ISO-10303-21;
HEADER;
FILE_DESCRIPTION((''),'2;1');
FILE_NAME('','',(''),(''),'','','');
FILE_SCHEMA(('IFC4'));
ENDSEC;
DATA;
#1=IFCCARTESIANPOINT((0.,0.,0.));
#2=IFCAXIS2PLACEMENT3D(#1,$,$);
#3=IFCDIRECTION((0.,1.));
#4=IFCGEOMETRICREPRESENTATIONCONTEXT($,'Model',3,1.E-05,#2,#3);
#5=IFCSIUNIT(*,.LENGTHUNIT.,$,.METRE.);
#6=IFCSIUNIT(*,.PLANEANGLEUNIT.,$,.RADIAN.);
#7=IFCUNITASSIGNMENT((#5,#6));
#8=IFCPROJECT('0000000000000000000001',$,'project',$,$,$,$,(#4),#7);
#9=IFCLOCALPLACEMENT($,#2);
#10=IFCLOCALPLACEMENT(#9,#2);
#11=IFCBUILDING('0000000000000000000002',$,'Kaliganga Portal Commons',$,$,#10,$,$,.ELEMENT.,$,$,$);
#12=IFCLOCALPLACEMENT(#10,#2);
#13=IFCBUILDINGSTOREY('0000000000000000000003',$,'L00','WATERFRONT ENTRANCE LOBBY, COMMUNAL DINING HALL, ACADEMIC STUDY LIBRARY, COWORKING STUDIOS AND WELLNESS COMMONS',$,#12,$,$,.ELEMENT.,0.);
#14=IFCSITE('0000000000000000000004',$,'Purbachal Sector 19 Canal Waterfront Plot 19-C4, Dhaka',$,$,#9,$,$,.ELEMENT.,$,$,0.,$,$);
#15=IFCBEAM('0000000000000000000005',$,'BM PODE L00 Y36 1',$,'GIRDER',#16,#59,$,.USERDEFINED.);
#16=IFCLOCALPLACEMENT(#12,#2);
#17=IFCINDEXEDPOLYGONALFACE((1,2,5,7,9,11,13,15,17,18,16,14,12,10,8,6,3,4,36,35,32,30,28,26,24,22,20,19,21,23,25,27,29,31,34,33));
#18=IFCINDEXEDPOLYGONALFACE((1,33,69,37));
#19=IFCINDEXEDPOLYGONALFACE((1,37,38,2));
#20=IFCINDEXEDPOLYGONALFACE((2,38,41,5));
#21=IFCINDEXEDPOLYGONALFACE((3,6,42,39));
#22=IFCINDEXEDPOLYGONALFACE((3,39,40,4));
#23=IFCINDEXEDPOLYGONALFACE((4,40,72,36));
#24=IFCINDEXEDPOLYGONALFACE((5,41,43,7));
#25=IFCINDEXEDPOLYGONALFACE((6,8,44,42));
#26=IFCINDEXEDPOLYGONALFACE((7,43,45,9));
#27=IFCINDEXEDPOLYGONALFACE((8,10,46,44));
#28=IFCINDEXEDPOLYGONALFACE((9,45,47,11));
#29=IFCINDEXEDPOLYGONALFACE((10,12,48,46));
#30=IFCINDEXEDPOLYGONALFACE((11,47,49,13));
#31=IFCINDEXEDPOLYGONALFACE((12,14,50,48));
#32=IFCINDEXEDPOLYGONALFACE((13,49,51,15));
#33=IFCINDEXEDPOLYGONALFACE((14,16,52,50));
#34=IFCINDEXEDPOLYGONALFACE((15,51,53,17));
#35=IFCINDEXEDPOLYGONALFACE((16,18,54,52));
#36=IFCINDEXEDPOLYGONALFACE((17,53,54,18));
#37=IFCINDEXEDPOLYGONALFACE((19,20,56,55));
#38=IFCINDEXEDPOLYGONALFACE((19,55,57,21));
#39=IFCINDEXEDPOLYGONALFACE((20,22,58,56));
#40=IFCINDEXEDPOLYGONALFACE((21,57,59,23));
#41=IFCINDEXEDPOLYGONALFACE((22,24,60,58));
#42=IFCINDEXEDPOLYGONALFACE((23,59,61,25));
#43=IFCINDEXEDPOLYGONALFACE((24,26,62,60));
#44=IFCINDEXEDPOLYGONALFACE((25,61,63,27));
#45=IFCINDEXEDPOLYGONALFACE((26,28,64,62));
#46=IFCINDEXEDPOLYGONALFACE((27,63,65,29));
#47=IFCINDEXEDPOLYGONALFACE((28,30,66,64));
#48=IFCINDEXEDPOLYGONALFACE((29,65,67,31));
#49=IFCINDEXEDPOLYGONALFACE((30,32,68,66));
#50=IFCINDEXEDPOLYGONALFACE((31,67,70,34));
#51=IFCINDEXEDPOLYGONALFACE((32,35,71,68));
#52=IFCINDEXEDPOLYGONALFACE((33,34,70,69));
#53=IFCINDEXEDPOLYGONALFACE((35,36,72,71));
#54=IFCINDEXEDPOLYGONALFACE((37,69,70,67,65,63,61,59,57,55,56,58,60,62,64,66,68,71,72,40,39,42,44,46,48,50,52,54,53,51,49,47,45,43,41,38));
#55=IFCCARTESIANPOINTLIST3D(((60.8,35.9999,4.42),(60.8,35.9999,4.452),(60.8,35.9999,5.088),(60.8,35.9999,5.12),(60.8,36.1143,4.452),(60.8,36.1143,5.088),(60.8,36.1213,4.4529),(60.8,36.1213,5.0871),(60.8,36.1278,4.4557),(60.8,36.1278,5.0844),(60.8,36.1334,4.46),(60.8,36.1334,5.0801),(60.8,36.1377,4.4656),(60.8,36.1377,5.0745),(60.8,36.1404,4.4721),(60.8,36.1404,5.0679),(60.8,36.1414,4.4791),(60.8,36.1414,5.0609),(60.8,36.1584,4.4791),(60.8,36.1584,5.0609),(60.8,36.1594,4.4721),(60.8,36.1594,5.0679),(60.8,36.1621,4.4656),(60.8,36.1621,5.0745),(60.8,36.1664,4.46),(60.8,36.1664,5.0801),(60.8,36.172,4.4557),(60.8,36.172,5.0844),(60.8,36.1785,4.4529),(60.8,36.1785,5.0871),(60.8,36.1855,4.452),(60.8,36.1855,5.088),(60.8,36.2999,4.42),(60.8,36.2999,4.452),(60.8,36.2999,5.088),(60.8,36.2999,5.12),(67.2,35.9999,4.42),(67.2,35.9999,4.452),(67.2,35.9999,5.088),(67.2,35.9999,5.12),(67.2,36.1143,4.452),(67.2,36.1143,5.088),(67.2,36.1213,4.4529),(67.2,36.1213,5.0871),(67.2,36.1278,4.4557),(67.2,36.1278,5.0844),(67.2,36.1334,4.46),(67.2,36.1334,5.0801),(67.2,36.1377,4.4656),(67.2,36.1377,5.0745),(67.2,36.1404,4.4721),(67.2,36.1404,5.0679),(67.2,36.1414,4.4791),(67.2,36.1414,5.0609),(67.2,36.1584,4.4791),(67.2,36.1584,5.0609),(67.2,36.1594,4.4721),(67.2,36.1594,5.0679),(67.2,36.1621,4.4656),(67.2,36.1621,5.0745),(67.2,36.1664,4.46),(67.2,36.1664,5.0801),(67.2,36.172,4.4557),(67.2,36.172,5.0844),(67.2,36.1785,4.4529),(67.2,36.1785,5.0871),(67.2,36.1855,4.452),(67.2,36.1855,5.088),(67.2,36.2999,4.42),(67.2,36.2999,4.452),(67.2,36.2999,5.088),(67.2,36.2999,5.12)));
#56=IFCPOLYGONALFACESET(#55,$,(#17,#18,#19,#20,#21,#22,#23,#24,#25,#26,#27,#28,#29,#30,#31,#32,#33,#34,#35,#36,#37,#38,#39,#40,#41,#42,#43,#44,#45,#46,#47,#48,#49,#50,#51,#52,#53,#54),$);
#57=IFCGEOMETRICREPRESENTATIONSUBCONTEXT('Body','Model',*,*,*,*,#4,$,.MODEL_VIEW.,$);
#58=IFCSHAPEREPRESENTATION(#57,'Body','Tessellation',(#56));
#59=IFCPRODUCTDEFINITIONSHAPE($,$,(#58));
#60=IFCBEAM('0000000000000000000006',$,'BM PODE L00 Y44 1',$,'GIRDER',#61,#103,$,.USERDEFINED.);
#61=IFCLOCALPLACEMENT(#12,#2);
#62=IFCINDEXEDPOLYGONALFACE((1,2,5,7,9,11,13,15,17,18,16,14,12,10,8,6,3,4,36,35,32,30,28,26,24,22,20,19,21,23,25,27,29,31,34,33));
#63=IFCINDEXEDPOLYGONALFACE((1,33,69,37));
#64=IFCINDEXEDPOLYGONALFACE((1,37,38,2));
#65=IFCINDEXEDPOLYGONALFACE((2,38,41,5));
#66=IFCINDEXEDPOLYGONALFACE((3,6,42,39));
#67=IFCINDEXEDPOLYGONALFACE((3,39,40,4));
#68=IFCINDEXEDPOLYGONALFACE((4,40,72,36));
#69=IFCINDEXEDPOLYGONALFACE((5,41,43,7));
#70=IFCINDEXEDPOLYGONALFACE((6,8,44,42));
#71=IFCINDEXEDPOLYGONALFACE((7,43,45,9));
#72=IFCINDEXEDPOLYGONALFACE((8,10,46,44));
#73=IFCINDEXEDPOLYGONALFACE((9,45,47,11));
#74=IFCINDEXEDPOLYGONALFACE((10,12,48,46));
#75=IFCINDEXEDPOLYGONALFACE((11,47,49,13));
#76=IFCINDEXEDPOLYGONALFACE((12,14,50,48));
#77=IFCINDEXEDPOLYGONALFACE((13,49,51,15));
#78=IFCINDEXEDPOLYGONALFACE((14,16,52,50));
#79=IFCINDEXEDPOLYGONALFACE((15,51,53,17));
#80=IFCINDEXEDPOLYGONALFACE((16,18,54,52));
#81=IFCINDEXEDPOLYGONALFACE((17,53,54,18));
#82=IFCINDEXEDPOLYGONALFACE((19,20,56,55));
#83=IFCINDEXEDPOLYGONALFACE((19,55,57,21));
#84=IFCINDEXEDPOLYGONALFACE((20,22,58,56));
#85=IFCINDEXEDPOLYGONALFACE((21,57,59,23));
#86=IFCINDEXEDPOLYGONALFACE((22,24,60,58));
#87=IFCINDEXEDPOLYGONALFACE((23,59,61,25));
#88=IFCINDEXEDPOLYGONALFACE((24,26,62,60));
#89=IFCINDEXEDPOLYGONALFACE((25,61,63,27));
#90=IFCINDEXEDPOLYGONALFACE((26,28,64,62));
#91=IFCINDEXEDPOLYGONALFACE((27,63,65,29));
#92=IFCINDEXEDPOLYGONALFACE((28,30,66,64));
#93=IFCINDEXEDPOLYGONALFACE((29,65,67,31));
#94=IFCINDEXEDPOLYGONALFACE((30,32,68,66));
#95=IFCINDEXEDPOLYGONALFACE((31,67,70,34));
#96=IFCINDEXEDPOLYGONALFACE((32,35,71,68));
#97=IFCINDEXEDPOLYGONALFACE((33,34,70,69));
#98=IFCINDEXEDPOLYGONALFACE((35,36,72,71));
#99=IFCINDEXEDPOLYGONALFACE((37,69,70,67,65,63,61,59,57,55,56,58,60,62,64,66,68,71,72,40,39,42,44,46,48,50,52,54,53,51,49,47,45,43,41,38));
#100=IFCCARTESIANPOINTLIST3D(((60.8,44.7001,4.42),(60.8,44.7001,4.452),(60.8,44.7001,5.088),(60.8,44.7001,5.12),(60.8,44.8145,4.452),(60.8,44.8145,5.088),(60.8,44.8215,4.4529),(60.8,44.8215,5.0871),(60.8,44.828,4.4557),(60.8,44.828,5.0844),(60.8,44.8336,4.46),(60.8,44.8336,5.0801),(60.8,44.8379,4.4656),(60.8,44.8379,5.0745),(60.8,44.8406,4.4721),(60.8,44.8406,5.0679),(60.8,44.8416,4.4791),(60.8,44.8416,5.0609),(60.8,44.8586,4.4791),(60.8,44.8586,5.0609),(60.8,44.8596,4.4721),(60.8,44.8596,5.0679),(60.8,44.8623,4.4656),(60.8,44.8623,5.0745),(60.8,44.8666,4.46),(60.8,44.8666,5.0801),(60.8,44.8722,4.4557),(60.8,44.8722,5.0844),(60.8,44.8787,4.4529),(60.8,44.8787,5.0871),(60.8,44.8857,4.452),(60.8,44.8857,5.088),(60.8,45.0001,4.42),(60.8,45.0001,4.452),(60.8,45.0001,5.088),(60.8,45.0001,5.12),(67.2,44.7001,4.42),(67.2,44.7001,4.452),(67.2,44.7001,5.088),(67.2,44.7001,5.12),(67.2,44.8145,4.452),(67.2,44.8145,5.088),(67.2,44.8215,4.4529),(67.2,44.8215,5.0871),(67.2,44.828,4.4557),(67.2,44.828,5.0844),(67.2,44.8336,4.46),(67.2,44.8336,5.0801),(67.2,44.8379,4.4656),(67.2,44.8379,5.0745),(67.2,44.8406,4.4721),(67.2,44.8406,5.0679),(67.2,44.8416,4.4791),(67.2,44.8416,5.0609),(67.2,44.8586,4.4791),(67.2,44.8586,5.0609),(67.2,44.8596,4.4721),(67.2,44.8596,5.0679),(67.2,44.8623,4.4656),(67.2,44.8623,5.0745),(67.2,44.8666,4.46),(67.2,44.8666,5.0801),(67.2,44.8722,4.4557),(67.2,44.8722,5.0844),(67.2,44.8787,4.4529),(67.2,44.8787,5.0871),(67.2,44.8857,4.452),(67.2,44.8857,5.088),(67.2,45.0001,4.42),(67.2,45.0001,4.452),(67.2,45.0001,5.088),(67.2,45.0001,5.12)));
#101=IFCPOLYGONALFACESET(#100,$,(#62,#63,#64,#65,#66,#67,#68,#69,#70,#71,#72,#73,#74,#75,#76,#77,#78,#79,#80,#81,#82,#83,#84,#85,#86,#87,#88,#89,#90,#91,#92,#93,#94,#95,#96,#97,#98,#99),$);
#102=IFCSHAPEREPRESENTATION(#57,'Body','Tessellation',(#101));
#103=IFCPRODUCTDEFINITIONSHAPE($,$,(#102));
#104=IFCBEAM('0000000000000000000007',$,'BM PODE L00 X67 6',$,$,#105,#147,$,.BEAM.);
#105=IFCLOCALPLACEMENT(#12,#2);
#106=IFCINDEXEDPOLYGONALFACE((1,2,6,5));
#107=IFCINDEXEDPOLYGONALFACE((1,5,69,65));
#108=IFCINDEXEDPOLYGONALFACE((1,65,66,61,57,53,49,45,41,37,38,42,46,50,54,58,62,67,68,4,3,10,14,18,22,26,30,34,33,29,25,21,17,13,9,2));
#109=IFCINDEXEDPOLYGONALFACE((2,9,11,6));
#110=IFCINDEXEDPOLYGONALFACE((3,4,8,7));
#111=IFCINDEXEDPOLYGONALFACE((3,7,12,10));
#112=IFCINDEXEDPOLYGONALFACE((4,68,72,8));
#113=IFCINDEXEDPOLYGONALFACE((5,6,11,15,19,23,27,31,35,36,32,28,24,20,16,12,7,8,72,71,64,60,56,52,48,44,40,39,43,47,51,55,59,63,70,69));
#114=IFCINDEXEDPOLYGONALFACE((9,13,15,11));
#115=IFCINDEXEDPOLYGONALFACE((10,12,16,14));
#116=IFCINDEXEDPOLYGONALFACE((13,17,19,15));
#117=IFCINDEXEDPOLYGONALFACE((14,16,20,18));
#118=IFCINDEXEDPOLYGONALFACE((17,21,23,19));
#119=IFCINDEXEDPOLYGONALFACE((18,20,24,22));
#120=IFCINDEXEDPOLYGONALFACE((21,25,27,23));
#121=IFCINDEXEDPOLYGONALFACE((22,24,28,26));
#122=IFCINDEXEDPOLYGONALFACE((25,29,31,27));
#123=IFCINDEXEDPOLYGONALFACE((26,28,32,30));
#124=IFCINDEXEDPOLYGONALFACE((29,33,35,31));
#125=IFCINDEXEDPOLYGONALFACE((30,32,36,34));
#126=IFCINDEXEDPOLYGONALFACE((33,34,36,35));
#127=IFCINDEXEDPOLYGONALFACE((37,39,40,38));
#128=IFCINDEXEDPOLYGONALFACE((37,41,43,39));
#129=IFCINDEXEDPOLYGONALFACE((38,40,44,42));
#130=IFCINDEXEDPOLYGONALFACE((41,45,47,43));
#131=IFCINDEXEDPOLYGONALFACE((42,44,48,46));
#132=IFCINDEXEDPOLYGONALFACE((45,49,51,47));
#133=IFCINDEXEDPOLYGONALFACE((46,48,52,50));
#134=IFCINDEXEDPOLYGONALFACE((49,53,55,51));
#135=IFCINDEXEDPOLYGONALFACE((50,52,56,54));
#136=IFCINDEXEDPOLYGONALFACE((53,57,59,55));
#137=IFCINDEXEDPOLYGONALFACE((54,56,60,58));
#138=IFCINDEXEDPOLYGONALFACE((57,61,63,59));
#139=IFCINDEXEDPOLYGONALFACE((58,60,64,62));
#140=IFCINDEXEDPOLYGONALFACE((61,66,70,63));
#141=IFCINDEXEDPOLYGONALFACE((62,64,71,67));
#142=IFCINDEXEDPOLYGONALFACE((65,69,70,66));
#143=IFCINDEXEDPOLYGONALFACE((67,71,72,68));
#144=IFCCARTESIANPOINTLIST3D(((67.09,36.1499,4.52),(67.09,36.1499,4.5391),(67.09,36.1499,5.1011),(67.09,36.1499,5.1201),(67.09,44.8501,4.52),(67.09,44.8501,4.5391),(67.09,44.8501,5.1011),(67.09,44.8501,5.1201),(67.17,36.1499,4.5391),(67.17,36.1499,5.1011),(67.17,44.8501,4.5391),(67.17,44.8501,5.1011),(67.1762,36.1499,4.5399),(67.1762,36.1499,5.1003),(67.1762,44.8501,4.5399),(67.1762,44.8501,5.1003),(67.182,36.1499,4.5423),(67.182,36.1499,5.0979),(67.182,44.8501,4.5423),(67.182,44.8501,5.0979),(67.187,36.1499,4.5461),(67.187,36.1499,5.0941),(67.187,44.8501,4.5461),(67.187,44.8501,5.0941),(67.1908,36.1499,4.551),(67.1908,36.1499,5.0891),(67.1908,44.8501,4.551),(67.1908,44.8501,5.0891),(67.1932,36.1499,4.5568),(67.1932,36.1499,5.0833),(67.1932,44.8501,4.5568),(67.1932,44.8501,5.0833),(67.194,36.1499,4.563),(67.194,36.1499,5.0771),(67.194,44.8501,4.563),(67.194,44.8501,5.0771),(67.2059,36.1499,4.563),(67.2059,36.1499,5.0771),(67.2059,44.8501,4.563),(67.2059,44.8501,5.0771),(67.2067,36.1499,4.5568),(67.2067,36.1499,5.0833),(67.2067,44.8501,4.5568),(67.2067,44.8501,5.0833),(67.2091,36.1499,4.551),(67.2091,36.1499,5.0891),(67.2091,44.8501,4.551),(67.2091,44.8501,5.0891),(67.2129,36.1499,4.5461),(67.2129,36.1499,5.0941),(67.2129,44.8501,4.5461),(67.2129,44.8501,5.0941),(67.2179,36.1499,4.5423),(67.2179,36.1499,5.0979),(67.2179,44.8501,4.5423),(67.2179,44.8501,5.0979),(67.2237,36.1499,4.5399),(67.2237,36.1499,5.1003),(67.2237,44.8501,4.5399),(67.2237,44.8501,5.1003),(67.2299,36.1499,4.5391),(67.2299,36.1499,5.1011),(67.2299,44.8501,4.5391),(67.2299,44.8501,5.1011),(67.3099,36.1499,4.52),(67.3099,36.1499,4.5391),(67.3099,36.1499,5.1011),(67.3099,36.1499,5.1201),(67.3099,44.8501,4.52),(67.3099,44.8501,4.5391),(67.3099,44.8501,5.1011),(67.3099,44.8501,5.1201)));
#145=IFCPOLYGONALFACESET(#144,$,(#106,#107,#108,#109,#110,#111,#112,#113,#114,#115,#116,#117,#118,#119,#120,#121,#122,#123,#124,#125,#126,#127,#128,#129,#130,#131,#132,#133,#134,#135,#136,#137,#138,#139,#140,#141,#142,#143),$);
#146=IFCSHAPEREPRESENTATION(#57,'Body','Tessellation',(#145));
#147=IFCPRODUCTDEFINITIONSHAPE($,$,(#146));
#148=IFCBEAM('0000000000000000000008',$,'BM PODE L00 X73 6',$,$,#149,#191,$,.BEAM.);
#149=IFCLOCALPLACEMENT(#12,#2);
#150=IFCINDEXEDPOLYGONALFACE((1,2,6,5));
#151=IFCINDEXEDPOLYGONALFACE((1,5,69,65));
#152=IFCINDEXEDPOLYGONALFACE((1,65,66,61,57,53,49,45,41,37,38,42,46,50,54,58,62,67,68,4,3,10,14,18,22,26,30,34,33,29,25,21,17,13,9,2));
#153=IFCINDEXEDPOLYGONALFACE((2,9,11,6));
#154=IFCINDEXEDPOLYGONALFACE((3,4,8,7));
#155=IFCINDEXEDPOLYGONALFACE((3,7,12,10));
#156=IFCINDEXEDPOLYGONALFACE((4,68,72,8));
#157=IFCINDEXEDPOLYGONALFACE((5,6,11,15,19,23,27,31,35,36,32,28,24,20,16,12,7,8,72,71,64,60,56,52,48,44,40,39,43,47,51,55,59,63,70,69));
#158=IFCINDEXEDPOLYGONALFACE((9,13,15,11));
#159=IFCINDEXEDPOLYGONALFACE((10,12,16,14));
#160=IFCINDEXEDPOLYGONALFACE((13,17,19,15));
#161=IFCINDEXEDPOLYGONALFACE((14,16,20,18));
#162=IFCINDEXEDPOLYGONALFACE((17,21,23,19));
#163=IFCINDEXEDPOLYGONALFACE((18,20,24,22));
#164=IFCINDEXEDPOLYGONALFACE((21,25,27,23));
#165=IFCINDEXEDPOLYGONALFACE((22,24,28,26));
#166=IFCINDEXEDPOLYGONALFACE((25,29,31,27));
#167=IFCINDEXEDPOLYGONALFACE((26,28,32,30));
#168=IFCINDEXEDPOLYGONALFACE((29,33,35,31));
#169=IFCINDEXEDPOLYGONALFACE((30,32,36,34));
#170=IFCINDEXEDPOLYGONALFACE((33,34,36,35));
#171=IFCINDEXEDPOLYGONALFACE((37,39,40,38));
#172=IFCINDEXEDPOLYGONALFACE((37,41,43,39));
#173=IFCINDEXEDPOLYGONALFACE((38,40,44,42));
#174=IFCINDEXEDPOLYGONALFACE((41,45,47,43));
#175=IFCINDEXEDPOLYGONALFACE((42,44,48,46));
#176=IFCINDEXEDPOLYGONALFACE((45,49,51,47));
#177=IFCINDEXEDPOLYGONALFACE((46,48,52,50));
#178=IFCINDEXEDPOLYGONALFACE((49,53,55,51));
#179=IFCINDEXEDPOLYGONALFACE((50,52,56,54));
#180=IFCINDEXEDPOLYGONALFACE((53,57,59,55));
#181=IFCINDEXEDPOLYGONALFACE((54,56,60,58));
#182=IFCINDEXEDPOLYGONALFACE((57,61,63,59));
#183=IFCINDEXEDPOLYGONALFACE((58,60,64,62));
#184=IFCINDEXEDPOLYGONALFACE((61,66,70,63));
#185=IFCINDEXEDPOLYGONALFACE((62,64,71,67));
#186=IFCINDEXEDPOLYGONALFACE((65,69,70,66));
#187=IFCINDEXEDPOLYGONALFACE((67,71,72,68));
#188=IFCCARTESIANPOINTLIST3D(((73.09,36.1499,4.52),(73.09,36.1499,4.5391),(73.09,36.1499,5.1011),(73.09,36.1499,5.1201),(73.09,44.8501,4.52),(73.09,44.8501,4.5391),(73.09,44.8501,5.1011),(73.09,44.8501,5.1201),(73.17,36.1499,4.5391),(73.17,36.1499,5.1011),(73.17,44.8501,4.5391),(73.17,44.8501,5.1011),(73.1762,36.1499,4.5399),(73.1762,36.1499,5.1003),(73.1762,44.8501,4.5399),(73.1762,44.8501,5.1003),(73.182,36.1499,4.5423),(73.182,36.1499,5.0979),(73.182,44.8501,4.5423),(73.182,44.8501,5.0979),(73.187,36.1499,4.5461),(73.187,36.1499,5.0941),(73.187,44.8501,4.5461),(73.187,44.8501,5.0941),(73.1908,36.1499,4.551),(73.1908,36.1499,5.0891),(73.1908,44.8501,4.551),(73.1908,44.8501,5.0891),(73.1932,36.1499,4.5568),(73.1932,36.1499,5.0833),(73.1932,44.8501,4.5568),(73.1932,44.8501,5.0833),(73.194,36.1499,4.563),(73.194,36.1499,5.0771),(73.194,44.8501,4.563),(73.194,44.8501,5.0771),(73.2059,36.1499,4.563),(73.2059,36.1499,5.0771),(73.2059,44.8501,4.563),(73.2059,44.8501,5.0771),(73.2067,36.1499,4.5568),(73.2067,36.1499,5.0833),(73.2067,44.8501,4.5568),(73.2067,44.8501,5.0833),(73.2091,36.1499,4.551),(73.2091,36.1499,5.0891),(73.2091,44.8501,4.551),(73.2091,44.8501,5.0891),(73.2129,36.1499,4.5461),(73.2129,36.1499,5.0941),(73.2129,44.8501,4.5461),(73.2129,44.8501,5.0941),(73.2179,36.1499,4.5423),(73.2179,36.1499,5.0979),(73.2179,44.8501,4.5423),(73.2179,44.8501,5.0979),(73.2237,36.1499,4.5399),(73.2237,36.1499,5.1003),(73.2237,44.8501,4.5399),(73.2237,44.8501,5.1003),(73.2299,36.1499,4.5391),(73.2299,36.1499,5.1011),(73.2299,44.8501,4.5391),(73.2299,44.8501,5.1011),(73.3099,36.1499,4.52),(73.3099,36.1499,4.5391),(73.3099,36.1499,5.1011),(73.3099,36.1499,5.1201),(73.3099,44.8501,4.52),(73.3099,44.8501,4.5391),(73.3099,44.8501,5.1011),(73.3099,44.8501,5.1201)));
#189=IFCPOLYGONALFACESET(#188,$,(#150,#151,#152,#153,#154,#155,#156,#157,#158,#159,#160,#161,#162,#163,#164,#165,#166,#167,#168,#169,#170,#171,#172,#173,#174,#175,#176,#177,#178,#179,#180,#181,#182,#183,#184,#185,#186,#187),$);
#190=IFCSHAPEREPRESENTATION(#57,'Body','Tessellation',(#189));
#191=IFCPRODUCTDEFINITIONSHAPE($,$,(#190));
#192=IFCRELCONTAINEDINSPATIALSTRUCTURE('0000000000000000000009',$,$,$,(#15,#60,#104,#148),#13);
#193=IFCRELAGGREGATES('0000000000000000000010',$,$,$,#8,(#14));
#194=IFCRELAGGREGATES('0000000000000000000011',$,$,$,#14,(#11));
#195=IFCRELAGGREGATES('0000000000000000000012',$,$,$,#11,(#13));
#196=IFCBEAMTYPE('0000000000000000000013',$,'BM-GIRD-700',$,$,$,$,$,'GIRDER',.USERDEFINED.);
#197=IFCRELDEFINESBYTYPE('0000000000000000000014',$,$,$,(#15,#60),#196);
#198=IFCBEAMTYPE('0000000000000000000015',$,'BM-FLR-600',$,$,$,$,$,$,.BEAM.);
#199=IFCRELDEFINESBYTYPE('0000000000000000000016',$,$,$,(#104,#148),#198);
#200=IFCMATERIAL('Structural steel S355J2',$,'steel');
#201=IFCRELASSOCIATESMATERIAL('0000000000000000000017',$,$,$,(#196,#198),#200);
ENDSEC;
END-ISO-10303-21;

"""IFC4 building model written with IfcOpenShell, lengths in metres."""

from ifc_helpers import new_model, si_unit, direction, frame, origin, origin_2d, place, context, subcontext, project, spatial, i_section, extrude, source, transform, mapped, material, material_profile, profile_set, type_object, element, save


model = new_model("IFC4")

# Units and contexts
model_context = context("Model", 3, precision=1e-05, world=origin(), true_north=direction((0.0, 1.0)))
body_context = subcontext(model_context, "Body", "Model", "MODEL_VIEW")
ifc_project = project(units=[si_unit("LENGTHUNIT", "METRE"), si_unit("PLANEANGLEUNIT", "RADIAN")], contexts=[model_context])

# Site, building, storey
site_placement = place(None, origin())
site = spatial("IfcSite", under=ifc_project, at=site_placement, Name="Purbachal Sector 19 Canal Waterfront Plot 19-C4, Dhaka", CompositionType="ELEMENT", RefElevation=0.0)
building_placement = place(site_placement, origin())
building = spatial("IfcBuilding", under=site, at=building_placement, Name="Kaliganga Portal Commons", CompositionType="ELEMENT")
storey_placement = place(building_placement, origin())
storey = spatial("IfcBuildingStorey", under=building, at=storey_placement, Name="L00", Description="WATERFRONT ENTRANCE LOBBY, COMMUNAL DINING HALL, ACADEMIC STUDY LIBRARY, COWORKING STUDIOS AND WELLNESS COMMONS", CompositionType="ELEMENT", Elevation=0.0)

# Beams
ifc_material_1 = material(Name="Structural steel S355J2", Category="steel")
ifc_material_profile_1 = material_profile(ifc_material_1, i_section(OverallWidth=0.3, OverallDepth=0.7, WebThickness=0.0171, FlangeThickness=0.032, FilletRadius=0.0271, at=origin_2d()), Name="HE 700 B")
ifc_profile_set_1 = profile_set([ifc_material_profile_1], Name="Structural steel S355J2 wide-flange")
beam_type_1 = type_object("IfcBeamType", Name="BM-GIRD-700", ElementType="GIRDER", PredefinedType="USERDEFINED", material=ifc_profile_set_1)
shared_shape_1 = source(origin(), body_context, "Body", "SweptSolid", [
    extrude(i_section(OverallWidth=0.3, OverallDepth=0.7, WebThickness=0.0171, FlangeThickness=0.032, FilletRadius=0.0271, at=origin_2d()), origin(), (0.0, 0.0, 1.0), 6.3999),
])
for number, where, z_axis, x_axis, name in (
    (1, (60.8, 36.1499, 4.77), (1.0, 0.0, 0.0), (0.0, 1.0, 0.0), "BM PODE L00 Y36 1"),
    (2, (60.8, 44.8501, 4.77), (1.0, 0.0, 0.0), (0.0, 1.0, 0.0), "BM PODE L00 Y44 1"),
):
    element("IfcBeam", number, at=place(storey_placement, frame(where, z_axis=z_axis, x_axis=x_axis)), inside=storey, type_object=beam_type_1, Name=name, ObjectType="GIRDER", PredefinedType="USERDEFINED", context=body_context, shape_type="MappedRepresentation", body=[
        mapped(shared_shape_1, transform((0.0, 0.0, 0.0), x_axis=(1.0, 0.0, 0.0), y_axis=(0.0, 1.0, 0.0), z_axis=(0.0, 0.0, 1.0), scale=1.0)),
    ])
ifc_material_profile_2 = material_profile(ifc_material_1, i_section(OverallWidth=0.22, OverallDepth=0.6001, WebThickness=0.012, FlangeThickness=0.019, FilletRadius=0.0239, at=origin_2d()), Name="IPE 600")
ifc_profile_set_2 = profile_set([ifc_material_profile_2], Name="Structural steel S355J2 wide-flange")
beam_type_2 = type_object("IfcBeamType", Name="BM-FLR-600", PredefinedType="BEAM", material=ifc_profile_set_2)
shared_shape_2 = source(origin(), body_context, "Body", "SweptSolid", [
    extrude(i_section(OverallWidth=0.22, OverallDepth=0.6001, WebThickness=0.012, FlangeThickness=0.019, FilletRadius=0.0239, at=origin_2d()), origin(), (0.0, 0.0, 1.0), 8.7002),
])
for number, where, z_axis, x_axis, name in (
    (3, (67.2, 36.1499, 4.8201), (0.0, 1.0, 0.0), (-1.0, 0.0, 0.0), "BM PODE L00 X67 6"),
    (4, (73.2, 36.1499, 4.8201), (0.0, 1.0, 0.0), (-1.0, 0.0, 0.0), "BM PODE L00 X73 6"),
):
    element("IfcBeam", number, at=place(storey_placement, frame(where, z_axis=z_axis, x_axis=x_axis)), inside=storey, type_object=beam_type_2, Name=name, PredefinedType="BEAM", context=body_context, shape_type="MappedRepresentation", body=[
        mapped(shared_shape_2, transform((0.0, 0.0, 0.0), x_axis=(1.0, 0.0, 0.0), y_axis=(0.0, 1.0, 0.0), z_axis=(0.0, 0.0, 1.0), scale=1.0)),
    ])

save(model, "model.ifc")
